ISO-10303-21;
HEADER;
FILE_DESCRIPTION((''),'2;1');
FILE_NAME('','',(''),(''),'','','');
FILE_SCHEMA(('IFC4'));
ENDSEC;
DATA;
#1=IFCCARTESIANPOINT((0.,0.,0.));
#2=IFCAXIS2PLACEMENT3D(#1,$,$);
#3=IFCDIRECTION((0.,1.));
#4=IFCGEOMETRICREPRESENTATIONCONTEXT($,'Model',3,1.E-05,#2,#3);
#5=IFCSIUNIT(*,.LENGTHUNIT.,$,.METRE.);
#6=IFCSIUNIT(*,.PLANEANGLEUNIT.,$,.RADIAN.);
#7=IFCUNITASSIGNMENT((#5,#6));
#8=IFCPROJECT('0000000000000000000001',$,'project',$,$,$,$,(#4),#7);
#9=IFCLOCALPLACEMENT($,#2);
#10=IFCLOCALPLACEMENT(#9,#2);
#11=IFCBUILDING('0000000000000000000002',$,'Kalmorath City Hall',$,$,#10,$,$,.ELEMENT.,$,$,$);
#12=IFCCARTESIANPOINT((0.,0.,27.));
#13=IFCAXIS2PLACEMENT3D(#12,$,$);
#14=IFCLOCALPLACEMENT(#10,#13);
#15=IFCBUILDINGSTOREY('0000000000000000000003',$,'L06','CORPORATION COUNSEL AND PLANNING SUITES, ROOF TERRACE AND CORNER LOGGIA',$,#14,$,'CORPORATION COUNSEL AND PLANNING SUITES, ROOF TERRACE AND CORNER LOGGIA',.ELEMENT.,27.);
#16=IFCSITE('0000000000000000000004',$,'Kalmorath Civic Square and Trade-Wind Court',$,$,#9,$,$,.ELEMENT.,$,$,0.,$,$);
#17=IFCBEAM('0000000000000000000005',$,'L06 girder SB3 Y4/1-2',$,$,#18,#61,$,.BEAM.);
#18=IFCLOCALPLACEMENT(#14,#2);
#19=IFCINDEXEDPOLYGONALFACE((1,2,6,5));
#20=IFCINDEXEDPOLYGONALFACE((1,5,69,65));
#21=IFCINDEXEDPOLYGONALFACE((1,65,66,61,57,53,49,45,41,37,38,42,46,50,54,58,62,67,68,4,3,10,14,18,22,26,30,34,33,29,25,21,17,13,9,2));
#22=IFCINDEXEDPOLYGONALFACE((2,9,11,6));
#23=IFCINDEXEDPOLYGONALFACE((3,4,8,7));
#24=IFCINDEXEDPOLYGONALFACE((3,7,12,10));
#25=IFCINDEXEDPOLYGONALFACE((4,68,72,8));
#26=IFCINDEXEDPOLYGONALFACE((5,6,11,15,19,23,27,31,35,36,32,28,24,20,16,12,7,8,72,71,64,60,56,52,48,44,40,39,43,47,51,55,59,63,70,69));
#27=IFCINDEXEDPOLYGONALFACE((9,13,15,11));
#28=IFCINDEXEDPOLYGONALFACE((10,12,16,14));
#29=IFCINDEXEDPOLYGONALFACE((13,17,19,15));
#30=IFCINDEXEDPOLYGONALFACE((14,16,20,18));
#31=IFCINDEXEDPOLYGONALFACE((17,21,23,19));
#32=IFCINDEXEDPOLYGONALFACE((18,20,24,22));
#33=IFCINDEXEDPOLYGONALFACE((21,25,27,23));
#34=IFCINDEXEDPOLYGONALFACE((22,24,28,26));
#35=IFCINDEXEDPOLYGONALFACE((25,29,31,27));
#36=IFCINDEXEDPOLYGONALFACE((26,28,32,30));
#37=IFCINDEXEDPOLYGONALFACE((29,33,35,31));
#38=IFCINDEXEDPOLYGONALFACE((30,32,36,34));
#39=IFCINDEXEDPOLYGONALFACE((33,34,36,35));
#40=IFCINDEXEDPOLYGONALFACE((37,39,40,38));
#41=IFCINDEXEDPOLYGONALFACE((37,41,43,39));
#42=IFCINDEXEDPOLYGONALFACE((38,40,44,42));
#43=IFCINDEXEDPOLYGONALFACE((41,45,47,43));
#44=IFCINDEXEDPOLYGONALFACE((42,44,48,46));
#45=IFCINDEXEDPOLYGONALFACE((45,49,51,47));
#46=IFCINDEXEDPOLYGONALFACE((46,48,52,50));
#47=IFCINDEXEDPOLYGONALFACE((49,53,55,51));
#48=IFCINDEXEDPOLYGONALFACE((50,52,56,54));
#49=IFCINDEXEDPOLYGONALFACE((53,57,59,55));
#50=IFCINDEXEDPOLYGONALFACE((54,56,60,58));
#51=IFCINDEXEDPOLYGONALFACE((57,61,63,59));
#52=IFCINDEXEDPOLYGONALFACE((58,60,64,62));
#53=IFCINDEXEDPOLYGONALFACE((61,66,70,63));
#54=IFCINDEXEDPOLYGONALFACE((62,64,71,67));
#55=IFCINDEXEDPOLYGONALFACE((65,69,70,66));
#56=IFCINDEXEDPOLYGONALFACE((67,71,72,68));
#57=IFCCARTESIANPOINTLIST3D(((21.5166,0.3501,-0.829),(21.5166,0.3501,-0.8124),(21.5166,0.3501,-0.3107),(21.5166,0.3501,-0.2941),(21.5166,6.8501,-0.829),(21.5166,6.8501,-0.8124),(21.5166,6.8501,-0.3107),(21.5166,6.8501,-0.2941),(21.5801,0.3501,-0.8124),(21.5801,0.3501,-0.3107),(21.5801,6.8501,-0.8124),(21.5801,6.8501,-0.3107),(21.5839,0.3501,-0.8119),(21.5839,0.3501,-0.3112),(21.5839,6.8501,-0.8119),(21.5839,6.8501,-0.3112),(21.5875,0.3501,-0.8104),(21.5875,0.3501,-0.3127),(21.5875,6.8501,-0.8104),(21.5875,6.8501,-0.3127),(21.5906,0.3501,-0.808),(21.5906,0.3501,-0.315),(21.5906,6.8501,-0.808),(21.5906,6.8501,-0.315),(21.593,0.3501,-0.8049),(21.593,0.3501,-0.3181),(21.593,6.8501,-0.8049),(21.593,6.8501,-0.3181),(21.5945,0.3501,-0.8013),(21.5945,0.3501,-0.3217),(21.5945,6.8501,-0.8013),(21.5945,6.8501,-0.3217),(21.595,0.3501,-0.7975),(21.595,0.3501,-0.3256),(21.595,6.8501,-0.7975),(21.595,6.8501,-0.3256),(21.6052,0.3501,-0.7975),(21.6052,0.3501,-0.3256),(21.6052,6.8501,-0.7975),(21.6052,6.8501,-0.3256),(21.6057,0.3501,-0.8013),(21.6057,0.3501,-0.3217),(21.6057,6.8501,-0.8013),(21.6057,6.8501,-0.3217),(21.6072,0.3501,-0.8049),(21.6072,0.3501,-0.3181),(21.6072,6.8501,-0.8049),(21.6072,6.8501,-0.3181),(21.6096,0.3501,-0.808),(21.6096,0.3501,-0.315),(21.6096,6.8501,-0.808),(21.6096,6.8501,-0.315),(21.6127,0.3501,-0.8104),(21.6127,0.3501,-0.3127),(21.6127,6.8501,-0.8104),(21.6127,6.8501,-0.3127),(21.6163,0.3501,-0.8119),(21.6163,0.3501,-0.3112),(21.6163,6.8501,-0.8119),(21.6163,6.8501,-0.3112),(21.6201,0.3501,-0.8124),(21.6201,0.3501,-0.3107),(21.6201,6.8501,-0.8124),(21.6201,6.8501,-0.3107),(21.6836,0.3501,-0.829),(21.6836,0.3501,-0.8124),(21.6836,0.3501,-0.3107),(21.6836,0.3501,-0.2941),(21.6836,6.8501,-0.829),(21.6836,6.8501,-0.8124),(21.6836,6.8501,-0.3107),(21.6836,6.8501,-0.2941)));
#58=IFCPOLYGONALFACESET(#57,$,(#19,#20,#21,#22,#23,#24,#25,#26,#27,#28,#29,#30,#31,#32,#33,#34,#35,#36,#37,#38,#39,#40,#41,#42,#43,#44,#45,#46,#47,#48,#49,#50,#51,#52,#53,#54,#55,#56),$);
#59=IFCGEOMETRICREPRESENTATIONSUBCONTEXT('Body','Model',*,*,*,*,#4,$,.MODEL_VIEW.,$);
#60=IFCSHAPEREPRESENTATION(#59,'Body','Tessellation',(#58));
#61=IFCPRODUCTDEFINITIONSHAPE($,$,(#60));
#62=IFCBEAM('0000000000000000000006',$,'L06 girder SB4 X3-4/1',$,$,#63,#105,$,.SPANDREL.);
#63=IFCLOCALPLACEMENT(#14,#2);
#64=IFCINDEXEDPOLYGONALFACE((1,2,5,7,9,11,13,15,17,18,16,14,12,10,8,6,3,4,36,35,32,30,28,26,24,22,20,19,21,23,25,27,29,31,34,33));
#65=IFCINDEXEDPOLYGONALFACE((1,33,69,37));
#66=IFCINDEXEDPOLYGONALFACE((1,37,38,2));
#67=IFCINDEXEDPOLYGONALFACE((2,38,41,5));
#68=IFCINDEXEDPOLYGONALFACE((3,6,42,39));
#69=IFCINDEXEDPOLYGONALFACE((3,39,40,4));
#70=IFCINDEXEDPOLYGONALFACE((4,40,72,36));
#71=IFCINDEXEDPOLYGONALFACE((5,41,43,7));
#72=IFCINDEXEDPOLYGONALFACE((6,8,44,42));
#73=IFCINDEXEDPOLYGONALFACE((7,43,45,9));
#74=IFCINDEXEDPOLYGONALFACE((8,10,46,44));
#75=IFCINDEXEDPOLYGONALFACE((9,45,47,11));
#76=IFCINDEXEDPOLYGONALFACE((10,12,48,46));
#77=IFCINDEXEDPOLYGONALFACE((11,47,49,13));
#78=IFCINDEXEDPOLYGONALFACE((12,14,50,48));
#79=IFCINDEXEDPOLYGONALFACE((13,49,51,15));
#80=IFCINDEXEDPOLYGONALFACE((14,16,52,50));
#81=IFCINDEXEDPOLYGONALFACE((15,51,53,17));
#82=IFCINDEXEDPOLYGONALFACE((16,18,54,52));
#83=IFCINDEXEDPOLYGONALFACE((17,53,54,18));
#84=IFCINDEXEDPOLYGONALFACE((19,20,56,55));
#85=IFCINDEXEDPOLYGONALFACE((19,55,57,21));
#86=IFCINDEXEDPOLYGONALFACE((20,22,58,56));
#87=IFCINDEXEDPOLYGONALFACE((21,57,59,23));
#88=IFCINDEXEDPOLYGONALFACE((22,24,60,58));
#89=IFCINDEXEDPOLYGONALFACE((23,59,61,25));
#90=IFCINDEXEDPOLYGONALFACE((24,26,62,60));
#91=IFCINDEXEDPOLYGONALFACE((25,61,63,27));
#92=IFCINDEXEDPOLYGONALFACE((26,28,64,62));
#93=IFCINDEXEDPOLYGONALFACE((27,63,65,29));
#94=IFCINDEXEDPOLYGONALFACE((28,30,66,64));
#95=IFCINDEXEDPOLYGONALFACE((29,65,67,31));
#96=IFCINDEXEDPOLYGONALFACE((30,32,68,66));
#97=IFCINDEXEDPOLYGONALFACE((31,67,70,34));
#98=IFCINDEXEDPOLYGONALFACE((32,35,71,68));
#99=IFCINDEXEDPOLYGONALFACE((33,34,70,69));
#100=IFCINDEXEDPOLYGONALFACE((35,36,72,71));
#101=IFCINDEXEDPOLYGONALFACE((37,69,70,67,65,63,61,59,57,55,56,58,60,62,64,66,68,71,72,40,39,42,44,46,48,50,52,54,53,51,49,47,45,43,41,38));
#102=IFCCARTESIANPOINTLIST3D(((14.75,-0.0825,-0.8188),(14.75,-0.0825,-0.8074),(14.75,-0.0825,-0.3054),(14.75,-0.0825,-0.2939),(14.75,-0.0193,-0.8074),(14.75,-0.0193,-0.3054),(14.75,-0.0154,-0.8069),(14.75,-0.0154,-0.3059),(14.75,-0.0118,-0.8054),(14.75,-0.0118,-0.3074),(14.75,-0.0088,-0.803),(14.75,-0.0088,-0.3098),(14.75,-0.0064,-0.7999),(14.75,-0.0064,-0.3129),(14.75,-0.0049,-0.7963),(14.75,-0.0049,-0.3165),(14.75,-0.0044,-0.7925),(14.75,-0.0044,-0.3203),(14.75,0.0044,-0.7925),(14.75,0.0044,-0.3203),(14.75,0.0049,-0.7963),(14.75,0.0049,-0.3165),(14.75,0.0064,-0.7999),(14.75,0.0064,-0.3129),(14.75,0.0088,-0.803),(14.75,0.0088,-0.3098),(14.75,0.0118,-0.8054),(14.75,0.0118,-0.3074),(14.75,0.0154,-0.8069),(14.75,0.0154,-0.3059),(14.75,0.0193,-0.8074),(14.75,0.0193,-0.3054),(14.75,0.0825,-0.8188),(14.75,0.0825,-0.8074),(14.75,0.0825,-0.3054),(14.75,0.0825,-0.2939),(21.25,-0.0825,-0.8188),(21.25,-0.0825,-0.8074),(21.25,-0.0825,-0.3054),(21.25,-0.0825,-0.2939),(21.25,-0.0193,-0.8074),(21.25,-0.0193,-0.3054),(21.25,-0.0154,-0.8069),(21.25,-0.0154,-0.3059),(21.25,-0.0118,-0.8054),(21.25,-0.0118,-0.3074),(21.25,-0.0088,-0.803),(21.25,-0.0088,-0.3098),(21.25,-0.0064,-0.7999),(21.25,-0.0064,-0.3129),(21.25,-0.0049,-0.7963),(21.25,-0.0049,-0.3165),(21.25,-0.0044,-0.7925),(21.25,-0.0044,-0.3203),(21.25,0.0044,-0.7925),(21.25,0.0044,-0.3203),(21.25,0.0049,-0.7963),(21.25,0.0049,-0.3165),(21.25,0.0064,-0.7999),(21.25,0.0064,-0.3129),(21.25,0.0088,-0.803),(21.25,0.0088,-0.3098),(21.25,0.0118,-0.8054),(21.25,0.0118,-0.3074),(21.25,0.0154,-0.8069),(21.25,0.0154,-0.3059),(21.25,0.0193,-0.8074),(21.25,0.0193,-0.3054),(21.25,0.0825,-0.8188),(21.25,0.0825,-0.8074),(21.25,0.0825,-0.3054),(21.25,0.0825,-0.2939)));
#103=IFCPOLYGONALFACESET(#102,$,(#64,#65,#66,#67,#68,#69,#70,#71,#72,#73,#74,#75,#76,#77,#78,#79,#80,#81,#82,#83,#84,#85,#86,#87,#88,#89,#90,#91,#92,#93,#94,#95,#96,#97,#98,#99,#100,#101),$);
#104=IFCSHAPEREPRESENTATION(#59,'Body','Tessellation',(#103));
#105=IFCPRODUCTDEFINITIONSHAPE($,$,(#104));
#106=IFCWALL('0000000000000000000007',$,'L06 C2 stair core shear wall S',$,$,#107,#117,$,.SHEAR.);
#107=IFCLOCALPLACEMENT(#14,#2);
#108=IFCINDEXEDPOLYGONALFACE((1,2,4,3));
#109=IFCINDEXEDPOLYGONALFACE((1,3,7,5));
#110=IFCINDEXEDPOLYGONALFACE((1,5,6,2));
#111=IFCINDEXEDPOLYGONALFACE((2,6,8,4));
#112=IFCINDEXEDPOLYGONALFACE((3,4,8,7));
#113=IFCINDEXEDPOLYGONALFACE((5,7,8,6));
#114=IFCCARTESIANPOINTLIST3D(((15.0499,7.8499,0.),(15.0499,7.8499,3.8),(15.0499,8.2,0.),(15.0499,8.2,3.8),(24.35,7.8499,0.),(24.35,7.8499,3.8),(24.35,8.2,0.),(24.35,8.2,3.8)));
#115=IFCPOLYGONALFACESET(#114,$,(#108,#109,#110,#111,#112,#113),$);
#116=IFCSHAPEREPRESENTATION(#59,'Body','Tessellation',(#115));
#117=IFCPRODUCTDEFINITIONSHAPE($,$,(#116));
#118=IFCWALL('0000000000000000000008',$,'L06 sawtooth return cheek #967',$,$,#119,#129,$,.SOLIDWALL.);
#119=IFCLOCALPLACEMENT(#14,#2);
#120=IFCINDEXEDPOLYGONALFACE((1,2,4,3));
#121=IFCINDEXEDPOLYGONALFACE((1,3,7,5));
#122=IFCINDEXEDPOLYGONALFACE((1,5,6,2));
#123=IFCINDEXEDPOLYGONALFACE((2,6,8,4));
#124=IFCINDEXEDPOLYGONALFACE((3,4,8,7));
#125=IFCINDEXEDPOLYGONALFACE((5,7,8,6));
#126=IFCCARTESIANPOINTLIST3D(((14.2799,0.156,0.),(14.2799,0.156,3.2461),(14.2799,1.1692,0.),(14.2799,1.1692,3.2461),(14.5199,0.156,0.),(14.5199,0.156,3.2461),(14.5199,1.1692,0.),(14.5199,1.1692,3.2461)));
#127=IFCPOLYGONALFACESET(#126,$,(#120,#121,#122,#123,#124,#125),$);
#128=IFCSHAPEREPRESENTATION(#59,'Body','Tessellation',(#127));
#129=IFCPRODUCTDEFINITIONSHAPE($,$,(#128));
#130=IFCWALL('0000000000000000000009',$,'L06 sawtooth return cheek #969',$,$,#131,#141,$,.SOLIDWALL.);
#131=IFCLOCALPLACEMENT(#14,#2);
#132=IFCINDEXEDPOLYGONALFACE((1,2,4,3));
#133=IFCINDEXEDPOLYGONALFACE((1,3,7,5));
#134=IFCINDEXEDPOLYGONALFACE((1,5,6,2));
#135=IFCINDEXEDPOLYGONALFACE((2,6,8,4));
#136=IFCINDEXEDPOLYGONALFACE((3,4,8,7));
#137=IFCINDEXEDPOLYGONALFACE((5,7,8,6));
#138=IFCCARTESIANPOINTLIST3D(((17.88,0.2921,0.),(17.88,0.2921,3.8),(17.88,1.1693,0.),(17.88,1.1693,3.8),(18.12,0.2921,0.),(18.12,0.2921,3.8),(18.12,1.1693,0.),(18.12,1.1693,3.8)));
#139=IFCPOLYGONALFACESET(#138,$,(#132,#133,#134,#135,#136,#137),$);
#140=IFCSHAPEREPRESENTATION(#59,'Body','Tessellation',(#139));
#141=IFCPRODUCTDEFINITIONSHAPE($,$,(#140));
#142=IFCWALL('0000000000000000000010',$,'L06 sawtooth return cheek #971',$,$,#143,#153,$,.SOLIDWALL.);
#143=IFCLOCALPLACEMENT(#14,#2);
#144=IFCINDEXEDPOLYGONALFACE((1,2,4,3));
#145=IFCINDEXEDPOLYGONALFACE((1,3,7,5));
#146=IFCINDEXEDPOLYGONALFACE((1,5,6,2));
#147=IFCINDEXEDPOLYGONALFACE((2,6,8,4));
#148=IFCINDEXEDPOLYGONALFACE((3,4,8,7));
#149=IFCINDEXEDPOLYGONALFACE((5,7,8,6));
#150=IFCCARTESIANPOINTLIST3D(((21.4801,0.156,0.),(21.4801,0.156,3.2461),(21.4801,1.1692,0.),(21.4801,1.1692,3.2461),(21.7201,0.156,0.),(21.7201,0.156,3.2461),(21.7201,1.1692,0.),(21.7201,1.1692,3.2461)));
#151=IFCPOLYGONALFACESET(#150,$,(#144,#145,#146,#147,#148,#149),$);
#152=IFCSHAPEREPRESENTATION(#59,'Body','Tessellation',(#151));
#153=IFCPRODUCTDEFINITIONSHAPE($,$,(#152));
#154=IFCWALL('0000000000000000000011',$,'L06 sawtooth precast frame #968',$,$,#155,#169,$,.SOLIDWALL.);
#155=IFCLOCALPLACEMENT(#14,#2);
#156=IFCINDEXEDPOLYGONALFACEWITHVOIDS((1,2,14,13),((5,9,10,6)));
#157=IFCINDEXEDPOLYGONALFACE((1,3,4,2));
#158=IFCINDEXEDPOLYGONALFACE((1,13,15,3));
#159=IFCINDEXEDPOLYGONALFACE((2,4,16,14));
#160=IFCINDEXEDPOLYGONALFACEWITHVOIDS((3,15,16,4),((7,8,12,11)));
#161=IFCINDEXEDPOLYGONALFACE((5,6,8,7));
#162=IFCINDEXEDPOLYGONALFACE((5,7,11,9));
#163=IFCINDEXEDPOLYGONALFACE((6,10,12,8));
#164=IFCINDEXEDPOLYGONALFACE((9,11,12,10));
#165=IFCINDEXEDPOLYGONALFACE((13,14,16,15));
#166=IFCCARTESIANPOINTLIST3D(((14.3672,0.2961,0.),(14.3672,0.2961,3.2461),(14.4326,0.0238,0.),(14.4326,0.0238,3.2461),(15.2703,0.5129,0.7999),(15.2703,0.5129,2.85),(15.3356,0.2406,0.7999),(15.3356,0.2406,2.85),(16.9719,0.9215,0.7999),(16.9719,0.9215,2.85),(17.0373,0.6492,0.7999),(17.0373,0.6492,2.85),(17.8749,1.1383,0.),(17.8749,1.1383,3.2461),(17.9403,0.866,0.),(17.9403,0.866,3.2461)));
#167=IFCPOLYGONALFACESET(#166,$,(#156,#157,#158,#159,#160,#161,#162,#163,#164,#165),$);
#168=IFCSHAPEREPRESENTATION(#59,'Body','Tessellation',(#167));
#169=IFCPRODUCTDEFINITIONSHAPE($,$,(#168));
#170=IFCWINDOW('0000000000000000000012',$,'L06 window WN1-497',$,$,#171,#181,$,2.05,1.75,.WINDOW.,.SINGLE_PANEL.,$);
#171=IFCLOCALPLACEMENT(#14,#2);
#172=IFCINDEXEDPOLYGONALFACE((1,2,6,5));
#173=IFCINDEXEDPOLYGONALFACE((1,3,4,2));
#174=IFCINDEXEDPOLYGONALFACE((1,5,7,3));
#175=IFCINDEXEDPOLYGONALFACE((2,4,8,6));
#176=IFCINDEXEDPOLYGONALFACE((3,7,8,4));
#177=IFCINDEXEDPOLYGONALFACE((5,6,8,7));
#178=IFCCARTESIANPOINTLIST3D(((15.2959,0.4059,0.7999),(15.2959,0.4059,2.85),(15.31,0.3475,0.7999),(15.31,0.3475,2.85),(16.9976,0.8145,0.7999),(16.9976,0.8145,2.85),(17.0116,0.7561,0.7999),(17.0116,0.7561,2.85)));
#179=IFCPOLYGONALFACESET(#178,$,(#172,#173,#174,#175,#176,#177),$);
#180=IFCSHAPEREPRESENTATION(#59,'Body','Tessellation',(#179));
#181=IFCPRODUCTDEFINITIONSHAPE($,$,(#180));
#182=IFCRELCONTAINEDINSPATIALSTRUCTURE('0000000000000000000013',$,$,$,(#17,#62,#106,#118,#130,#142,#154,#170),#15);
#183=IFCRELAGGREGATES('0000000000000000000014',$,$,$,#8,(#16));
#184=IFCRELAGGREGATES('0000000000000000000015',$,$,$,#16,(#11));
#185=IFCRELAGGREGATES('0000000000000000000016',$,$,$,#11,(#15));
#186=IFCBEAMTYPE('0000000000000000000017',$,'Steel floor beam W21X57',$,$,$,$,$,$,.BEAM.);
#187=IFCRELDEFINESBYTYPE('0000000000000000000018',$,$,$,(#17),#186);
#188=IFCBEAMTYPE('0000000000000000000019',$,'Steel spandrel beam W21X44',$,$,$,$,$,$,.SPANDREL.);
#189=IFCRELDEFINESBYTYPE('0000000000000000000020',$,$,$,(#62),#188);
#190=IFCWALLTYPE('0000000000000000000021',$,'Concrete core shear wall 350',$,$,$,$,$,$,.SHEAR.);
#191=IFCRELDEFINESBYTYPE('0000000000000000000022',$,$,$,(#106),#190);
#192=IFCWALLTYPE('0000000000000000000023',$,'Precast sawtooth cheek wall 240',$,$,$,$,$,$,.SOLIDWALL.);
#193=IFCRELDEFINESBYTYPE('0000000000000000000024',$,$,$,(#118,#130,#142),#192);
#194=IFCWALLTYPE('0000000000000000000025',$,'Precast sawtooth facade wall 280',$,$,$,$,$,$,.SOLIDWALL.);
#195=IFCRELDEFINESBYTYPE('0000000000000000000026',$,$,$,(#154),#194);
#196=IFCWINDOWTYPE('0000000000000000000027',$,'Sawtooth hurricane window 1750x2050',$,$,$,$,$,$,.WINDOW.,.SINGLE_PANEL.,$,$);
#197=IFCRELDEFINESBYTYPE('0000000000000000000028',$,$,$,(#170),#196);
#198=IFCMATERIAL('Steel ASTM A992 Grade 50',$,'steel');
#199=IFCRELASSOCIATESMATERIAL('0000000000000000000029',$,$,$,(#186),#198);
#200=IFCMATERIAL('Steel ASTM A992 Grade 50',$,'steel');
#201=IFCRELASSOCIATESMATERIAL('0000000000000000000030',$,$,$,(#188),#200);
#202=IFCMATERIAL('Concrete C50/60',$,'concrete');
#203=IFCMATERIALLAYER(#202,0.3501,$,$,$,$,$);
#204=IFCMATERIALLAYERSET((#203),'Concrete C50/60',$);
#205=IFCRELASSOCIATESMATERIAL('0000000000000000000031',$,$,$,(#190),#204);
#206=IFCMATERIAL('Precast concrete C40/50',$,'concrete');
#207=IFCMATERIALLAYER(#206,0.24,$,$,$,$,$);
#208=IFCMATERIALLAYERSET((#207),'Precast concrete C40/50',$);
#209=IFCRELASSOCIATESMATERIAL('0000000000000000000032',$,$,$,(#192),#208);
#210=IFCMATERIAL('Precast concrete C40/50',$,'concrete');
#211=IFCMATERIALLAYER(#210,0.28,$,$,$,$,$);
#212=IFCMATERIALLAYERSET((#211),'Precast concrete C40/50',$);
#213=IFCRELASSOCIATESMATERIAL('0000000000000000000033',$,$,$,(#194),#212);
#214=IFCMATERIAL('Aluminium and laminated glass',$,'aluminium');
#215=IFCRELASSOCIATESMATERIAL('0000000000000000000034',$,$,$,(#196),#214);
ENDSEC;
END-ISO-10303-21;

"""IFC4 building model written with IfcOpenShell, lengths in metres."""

from ifc_helpers import new_model, si_unit, direction, frame, frame_2d, origin, origin_2d, place, context, subcontext, project, spatial, rectangle, i_section, extrude, material, layer, layer_set, material_profile, profile_set, type_object, element, fill, save


model = new_model("IFC4")

# Units and contexts
model_context = context("Model", 3, precision=1e-05, world=origin(), true_north=direction((0.0, 1.0)))
body_context = subcontext(model_context, "Body", "Model", "MODEL_VIEW")
ifc_project = project(units=[si_unit("LENGTHUNIT", "METRE"), si_unit("PLANEANGLEUNIT", "RADIAN")], contexts=[model_context])

# Site, building, storey
site_placement = place(None, origin())
site = spatial("IfcSite", under=ifc_project, at=site_placement, Name="Kalmorath Civic Square and Trade-Wind Court", CompositionType="ELEMENT", RefElevation=0.0)
building_placement = place(site_placement, origin())
building = spatial("IfcBuilding", under=site, at=building_placement, Name="Kalmorath City Hall", CompositionType="ELEMENT")
storey_placement = place(building_placement, frame((0.0, 0.0, 27.0)))
storey = spatial("IfcBuildingStorey", under=building, at=storey_placement, Name="L06", Description="CORPORATION COUNSEL AND PLANNING SUITES, ROOF TERRACE AND CORNER LOGGIA", LongName="CORPORATION COUNSEL AND PLANNING SUITES, ROOF TERRACE AND CORNER LOGGIA", CompositionType="ELEMENT", Elevation=27.0)

# Beams
ifc_material_1 = material(Name="Steel ASTM A992 Grade 50", Category="steel")
ifc_material_profile_1 = material_profile(ifc_material_1, i_section(OverallWidth=0.167, OverallDepth=0.5349, WebThickness=0.0103, FlangeThickness=0.0166, FilletRadius=0.0149, at=origin_2d()), Name="W21X57")
ifc_profile_set_1 = profile_set([ifc_material_profile_1], Name="Steel ASTM A992 Grade 50")
beam_type_1 = type_object("IfcBeamType", Name="Steel floor beam W21X57", PredefinedType="BEAM", material=ifc_profile_set_1)
for number, where, z_axis, x_axis, name in (
    (1, (21.6001, 0.3501, -0.5615), (0.0, 1.0, 0.0), (-1.0, 0.0, 0.0), "L06 girder SB3 Y4/1-2"),
):
    element("IfcBeam", number, at=place(storey_placement, frame(where, z_axis=z_axis, x_axis=x_axis)), inside=storey, type_object=beam_type_1, Name=name, PredefinedType="BEAM", context=body_context, shape_type="SweptSolid", body=[
        extrude(i_section(OverallWidth=0.167, OverallDepth=0.5349, WebThickness=0.0103, FlangeThickness=0.0166, FilletRadius=0.0149, at=origin_2d()), origin(), (0.0, 0.0, 1.0), 6.5),
    ])
ifc_material_2 = material(Name="Steel ASTM A992 Grade 50", Category="steel")
ifc_material_profile_2 = material_profile(ifc_material_2, i_section(OverallWidth=0.165, OverallDepth=0.5249, WebThickness=0.0088, FlangeThickness=0.0115, FilletRadius=0.0149, at=origin_2d()), Name="W21X44")
ifc_profile_set_2 = profile_set([ifc_material_profile_2], Name="Steel ASTM A992 Grade 50")
beam_type_2 = type_object("IfcBeamType", Name="Steel spandrel beam W21X44", PredefinedType="SPANDREL", material=ifc_profile_set_2)
beam_placement = place(storey_placement, frame((14.75, 0.0, -0.5564), z_axis=(1.0, 0.0, 0.0), x_axis=(0.0, 1.0, 0.0)))
element("IfcBeam", 2, at=beam_placement, inside=storey, type_object=beam_type_2, Name="L06 girder SB4 X3-4/1", PredefinedType="SPANDREL", context=body_context, shape_type="SweptSolid", body=[
    extrude(i_section(OverallWidth=0.165, OverallDepth=0.5249, WebThickness=0.0088, FlangeThickness=0.0115, FilletRadius=0.0149, at=origin_2d()), origin(), (0.0, 0.0, 1.0), 6.5),
])

# Walls
ifc_material_3 = material(Name="Concrete C50/60", Category="concrete")
ifc_layer_1 = layer(ifc_material_3, 0.3501)
ifc_layer_set_1 = layer_set([ifc_layer_1], Name="Concrete C50/60")
wall_type_1 = type_object("IfcWallType", Name="Concrete core shear wall 350", PredefinedType="SHEAR", material=ifc_layer_set_1)
wall_1_placement = place(storey_placement, frame((15.05, 8.0249, 0.0), z_axis=(0.0, 0.0, 1.0), x_axis=(1.0, 0.0, 0.0)))
element("IfcWall", 3, at=wall_1_placement, inside=storey, type_object=wall_type_1, Name="L06 C2 stair core shear wall S", PredefinedType="SHEAR", context=body_context, shape_type="SweptSolid", body=[
    extrude(rectangle(XDim=9.3, YDim=0.3501, at=frame_2d((4.6499, 0.0))), origin(), (0.0, 0.0, 1.0), 3.8),
])
ifc_material_4 = material(Name="Precast concrete C40/50", Category="concrete")
ifc_layer_2 = layer(ifc_material_4, 0.24)
ifc_layer_set_2 = layer_set([ifc_layer_2], Name="Precast concrete C40/50")
wall_type_2 = type_object("IfcWallType", Name="Precast sawtooth cheek wall 240", PredefinedType="SOLIDWALL", material=ifc_layer_set_2)
wall_2_placement = place(storey_placement, frame((14.3999, 1.1692, 0.0), z_axis=(0.0, 0.0, 1.0), x_axis=(0.0, -1.0, 0.0)))
element("IfcWall", 4, at=wall_2_placement, inside=storey, type_object=wall_type_2, Name="L06 sawtooth return cheek #967", PredefinedType="SOLIDWALL", context=body_context, shape_type="SweptSolid", body=[
    extrude(rectangle(XDim=1.0132, YDim=0.24, at=frame_2d((0.5066, 0.0))), origin(), (0.0, 0.0, 1.0), 3.2461),
])
wall_3_placement = place(storey_placement, frame((18.0, 1.1692, 0.0), z_axis=(0.0, 0.0, 1.0), x_axis=(0.0, -1.0, 0.0)))
element("IfcWall", 5, at=wall_3_placement, inside=storey, type_object=wall_type_2, Name="L06 sawtooth return cheek #969", PredefinedType="SOLIDWALL", context=body_context, shape_type="SweptSolid", body=[
    extrude(rectangle(XDim=0.8772, YDim=0.24, at=frame_2d((0.4385, 0.0))), origin(), (0.0, 0.0, 1.0), 3.8),
])
wall_4_placement = place(storey_placement, frame((21.6001, 1.1692, 0.0), z_axis=(0.0, 0.0, 1.0), x_axis=(0.0, -1.0, 0.0)))
element("IfcWall", 6, at=wall_4_placement, inside=storey, type_object=wall_type_2, Name="L06 sawtooth return cheek #971", PredefinedType="SOLIDWALL", context=body_context, shape_type="SweptSolid", body=[
    extrude(rectangle(XDim=1.0132, YDim=0.24, at=frame_2d((0.5066, 0.0))), origin(), (0.0, 0.0, 1.0), 3.2461),
])

# Wall, opening, window
ifc_material_5 = material(Name="Precast concrete C40/50", Category="concrete")
ifc_layer_3 = layer(ifc_material_5, 0.28)
ifc_layer_set_3 = layer_set([ifc_layer_3], Name="Precast concrete C40/50")
wall_type_3 = type_object("IfcWallType", Name="Precast sawtooth facade wall 280", PredefinedType="SOLIDWALL", material=ifc_layer_set_3)
wall_5_placement = place(storey_placement, frame((14.3999, 0.1599, 0.0), z_axis=(0.0, 0.0, 1.0), x_axis=(0.972361, 0.23348, 0.0)))
wall_5 = element("IfcWall", 7, at=wall_5_placement, inside=storey, type_object=wall_type_3, Name="L06 sawtooth precast frame #968", PredefinedType="SOLIDWALL", context=body_context, shape_type="SweptSolid", body=[
    extrude(rectangle(XDim=3.6074, YDim=0.28, at=frame_2d((1.8037, 0.0))), origin(), (0.0, 0.0, 1.0), 3.2461),
])
opening_1_placement = place(wall_5_placement, frame((0.9287, 0.0, 0.8)))
opening_1 = element("IfcOpeningElement", 8, at=opening_1_placement, cuts=wall_5, PredefinedType="OPENING", context=body_context, shape_type="SweptSolid", body=[
    extrude(rectangle(XDim=1.75, YDim=2.05, at=frame_2d((0.875, 1.0249))), frame((0.0, 0.1499, 0.0), z_axis=(0.0, -1.0, 0.0), x_axis=(1.0, 0.0, 0.0)), (0.0, 0.0, 1.0), 0.3),
])
ifc_material_6 = material(Name="Aluminium and laminated glass", Category="aluminium")
window_type_1 = type_object("IfcWindowType", Name="Sawtooth hurricane window 1750x2050", PartitioningType="SINGLE_PANEL", PredefinedType="WINDOW", material=ifc_material_6)
window_1_placement = place(opening_1_placement, origin())
window_1 = element("IfcWindow", 9, at=window_1_placement, inside=storey, type_object=window_type_1, Name="L06 window WN1-497", OverallHeight=2.05, OverallWidth=1.75, PartitioningType="SINGLE_PANEL", PredefinedType="WINDOW", context=body_context, shape_type="SweptSolid", body=[
    extrude(rectangle(XDim=1.75, YDim=2.05, at=frame_2d((0.875, 1.0249))), frame((0.0, 0.03, 0.0), z_axis=(0.0, -1.0, 0.0), x_axis=(1.0, 0.0, 0.0)), (0.0, 0.0, 1.0), 0.0601),
])
fill(opening_1, window_1)

save(model, "model.ifc")
